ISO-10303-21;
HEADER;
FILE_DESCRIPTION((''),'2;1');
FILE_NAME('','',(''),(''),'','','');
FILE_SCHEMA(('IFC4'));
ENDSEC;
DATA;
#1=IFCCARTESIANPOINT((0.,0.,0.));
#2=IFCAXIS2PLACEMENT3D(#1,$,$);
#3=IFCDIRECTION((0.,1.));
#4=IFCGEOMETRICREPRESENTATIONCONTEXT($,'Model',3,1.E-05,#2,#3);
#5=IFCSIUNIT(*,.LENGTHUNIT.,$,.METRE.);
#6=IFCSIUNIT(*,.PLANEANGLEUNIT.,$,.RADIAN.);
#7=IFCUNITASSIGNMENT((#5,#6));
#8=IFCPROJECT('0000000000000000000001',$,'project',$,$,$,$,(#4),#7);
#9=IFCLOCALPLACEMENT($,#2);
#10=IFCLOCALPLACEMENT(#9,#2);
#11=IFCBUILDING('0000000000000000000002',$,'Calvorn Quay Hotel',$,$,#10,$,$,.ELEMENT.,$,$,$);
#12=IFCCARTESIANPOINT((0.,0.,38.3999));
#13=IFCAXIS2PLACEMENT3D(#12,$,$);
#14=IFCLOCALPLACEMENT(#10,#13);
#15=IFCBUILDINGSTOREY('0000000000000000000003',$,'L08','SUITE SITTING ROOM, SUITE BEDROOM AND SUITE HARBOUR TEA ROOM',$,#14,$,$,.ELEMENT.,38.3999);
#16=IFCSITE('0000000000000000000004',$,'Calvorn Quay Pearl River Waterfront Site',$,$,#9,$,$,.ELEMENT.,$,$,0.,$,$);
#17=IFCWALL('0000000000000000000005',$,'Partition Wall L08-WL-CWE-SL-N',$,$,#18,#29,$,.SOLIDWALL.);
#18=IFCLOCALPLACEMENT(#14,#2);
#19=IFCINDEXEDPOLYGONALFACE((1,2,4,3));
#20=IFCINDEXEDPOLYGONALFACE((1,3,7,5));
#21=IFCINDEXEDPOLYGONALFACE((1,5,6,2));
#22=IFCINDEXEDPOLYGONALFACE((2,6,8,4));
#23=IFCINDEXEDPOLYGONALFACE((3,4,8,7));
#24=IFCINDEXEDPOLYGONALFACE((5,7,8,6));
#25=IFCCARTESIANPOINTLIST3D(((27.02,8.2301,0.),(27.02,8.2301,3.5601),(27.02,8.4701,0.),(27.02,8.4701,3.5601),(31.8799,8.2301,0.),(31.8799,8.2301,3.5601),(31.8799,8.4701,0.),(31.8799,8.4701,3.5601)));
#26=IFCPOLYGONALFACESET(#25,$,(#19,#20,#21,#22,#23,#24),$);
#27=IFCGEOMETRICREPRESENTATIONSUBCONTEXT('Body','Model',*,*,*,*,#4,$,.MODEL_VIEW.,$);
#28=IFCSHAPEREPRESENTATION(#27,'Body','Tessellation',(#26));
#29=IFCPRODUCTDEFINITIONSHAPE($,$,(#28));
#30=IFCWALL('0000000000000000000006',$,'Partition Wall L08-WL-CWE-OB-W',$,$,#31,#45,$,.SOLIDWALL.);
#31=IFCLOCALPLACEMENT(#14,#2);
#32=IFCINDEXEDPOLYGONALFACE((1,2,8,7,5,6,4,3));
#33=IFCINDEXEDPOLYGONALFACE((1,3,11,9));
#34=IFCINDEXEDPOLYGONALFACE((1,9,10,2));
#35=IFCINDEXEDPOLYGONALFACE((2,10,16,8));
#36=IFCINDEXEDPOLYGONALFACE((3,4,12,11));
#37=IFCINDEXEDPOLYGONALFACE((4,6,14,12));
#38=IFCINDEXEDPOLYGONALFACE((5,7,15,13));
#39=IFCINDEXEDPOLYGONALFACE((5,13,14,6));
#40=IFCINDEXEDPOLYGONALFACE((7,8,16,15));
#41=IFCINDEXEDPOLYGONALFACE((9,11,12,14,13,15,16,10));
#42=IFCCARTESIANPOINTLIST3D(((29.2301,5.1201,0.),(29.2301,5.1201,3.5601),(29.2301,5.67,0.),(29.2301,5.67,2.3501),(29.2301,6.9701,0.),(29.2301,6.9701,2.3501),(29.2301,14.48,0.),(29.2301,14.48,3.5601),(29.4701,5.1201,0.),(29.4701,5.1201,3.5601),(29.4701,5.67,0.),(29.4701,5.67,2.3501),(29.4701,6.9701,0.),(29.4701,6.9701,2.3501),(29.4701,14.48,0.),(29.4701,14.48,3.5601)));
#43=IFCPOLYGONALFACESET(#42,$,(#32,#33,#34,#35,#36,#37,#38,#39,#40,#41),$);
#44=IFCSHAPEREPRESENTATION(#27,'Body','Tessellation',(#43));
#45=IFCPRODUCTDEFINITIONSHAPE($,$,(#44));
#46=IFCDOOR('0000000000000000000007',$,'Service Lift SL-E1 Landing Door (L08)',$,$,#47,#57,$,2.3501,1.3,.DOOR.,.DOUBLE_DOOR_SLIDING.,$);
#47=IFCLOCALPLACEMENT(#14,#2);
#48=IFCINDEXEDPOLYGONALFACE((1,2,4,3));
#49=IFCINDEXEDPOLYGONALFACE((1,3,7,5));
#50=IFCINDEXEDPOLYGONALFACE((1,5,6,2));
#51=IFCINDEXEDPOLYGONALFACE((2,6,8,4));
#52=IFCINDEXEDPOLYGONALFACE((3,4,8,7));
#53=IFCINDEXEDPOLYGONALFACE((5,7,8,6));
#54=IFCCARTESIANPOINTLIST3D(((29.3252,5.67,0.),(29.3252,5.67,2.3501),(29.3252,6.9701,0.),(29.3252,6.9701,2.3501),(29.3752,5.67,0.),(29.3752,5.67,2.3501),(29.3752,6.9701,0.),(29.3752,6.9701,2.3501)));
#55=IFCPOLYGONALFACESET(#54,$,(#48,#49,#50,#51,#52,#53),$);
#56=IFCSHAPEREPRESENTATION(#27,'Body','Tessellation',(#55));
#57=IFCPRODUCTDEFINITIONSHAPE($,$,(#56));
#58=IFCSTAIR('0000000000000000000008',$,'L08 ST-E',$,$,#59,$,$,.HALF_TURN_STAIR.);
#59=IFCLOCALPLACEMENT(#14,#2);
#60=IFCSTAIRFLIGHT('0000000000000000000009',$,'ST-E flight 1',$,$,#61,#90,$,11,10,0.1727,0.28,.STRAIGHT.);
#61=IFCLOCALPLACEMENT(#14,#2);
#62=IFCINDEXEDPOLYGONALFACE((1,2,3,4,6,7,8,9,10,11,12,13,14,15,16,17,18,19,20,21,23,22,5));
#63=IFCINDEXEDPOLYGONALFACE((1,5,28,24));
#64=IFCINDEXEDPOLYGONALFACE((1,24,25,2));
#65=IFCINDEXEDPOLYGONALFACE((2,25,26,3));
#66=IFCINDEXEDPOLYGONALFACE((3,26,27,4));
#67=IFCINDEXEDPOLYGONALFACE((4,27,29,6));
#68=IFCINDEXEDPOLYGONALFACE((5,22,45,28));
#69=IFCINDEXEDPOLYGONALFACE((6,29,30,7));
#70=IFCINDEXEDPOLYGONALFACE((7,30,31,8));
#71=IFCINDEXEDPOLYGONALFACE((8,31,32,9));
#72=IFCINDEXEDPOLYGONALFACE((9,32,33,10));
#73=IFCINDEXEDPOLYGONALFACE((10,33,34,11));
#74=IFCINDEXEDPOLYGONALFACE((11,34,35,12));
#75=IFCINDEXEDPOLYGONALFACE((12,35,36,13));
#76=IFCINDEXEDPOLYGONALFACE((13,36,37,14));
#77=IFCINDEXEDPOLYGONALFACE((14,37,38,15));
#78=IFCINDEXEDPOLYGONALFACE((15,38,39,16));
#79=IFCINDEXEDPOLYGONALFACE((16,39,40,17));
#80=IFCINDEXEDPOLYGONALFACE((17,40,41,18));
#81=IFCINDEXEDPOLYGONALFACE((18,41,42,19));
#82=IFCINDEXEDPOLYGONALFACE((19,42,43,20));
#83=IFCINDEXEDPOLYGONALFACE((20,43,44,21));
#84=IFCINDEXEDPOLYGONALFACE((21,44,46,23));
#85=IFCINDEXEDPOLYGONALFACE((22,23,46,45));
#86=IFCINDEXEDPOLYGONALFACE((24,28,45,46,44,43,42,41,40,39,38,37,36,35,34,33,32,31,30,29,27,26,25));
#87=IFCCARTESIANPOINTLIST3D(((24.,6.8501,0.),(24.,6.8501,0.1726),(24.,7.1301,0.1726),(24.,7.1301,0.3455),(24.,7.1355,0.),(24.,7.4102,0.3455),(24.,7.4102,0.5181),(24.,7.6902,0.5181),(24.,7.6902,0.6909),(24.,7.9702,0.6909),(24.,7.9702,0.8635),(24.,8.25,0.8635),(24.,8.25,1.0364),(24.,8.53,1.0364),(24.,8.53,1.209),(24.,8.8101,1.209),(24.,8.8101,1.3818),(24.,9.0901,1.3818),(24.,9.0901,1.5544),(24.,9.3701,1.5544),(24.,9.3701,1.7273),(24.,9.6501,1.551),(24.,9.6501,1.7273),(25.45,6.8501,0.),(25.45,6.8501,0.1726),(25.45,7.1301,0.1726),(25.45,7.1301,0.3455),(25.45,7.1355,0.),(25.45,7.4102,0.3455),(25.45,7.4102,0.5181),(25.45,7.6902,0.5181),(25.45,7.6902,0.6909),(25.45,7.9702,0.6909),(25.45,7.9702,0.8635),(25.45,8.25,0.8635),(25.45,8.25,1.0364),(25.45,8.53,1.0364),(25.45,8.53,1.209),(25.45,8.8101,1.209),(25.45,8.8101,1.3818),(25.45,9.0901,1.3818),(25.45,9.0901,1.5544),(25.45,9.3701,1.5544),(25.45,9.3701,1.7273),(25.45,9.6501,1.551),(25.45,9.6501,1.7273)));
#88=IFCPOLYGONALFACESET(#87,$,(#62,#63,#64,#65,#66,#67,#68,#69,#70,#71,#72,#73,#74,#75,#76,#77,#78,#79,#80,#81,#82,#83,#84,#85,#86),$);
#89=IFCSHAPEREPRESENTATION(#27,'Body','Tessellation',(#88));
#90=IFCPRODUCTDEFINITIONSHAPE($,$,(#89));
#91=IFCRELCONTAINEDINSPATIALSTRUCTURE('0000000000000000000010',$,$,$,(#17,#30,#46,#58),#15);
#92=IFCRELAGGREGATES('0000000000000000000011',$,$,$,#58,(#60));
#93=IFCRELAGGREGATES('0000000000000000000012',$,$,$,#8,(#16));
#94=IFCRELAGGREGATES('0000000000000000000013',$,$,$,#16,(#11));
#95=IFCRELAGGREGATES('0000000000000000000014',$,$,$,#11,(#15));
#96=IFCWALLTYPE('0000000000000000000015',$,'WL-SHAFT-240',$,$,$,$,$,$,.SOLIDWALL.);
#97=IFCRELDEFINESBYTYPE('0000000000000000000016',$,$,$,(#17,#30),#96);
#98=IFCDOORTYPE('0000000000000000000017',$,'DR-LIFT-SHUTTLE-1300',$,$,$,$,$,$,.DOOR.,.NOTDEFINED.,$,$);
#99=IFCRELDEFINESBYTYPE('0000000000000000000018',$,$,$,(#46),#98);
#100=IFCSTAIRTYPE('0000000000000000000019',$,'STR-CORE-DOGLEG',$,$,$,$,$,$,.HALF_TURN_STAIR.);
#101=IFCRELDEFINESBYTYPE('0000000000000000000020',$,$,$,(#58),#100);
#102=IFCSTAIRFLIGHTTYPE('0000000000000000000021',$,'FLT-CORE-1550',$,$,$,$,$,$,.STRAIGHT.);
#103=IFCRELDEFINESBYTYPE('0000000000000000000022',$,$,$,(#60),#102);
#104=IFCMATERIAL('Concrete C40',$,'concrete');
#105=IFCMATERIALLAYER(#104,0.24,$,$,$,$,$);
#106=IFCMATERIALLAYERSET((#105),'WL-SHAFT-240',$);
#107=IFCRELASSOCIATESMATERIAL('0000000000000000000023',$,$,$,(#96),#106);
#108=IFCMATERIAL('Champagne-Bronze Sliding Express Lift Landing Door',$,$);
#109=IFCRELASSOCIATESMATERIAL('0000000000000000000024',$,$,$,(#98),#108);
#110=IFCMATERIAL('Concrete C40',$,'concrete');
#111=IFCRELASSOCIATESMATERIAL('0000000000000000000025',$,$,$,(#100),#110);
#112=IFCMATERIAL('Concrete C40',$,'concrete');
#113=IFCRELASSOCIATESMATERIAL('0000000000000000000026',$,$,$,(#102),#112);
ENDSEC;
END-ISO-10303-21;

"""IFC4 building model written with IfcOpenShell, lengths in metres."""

from ifc_helpers import new_model, si_unit, direction, frame, frame_2d, origin, place, context, subcontext, project, spatial, polyline, rectangle, outline, extrude, material, layer, layer_set, type_object, element, fill, aggregate, save


model = new_model("IFC4")

# Units and contexts
model_context = context("Model", 3, precision=1e-05, world=origin(), true_north=direction((0.0, 1.0)))
body_context = subcontext(model_context, "Body", "Model", "MODEL_VIEW")
ifc_project = project(units=[si_unit("LENGTHUNIT", "METRE"), si_unit("PLANEANGLEUNIT", "RADIAN")], contexts=[model_context])

# Site, building, storey
site_placement = place(None, origin())
site = spatial("IfcSite", under=ifc_project, at=site_placement, Name="Calvorn Quay Pearl River Waterfront Site", CompositionType="ELEMENT", RefElevation=0.0)
building_placement = place(site_placement, origin())
building = spatial("IfcBuilding", under=site, at=building_placement, Name="Calvorn Quay Hotel", CompositionType="ELEMENT")
storey_placement = place(building_placement, frame((0.0, 0.0, 38.3999)))
storey = spatial("IfcBuildingStorey", under=building, at=storey_placement, Name="L08", Description="SUITE SITTING ROOM, SUITE BEDROOM AND SUITE HARBOUR TEA ROOM", CompositionType="ELEMENT", Elevation=38.3999)

# Shared definitions
ifc_material_1 = material(Name="Concrete C40", Category="concrete")
ifc_layer_1 = layer(ifc_material_1, 0.24)
ifc_layer_set_1 = layer_set([ifc_layer_1], Name="WL-SHAFT-240")
wall_type_1 = type_object("IfcWallType", Name="WL-SHAFT-240", PredefinedType="SOLIDWALL", material=ifc_layer_set_1)

# Shared definitions
ifc_material_2 = material(Name="Champagne-Bronze Sliding Express Lift Landing Door")
door_type_1 = type_object("IfcDoorType", Name="DR-LIFT-SHUTTLE-1300", OperationType="NOTDEFINED", PredefinedType="DOOR", material=ifc_material_2)

# Wall
wall_1_placement = place(storey_placement, frame((27.02, 8.3501, 0.0), z_axis=(0.0, 0.0, 1.0), x_axis=(1.0, 0.0, 0.0)))
element("IfcWall", 1, at=wall_1_placement, inside=storey, type_object=wall_type_1, Name="Partition Wall L08-WL-CWE-SL-N", PredefinedType="SOLIDWALL", context=body_context, shape_type="SweptSolid", body=[
    extrude(rectangle(XDim=4.8599, YDim=0.24, at=frame_2d((2.4299, 0.0))), origin(), (0.0, 0.0, 1.0), 3.5601),
])

# Wall, opening, door
wall_2_placement = place(storey_placement, frame((29.3501, 5.1201, 0.0), z_axis=(0.0, 0.0, 1.0), x_axis=(0.0, 1.0, 0.0)))
wall_2 = element("IfcWall", 2, at=wall_2_placement, inside=storey, type_object=wall_type_1, Name="Partition Wall L08-WL-CWE-OB-W", PredefinedType="SOLIDWALL", context=body_context, shape_type="SweptSolid", body=[
    extrude(rectangle(XDim=9.3599, YDim=0.24, at=frame_2d((4.6799, 0.0))), origin(), (0.0, 0.0, 1.0), 3.5601),
])
opening_1_placement = place(wall_2_placement, frame((0.55, 0.0, 0.0)))
opening_1 = element("IfcOpeningElement", 3, at=opening_1_placement, cuts=wall_2, PredefinedType="OPENING", context=body_context, shape_type="SweptSolid", body=[
    extrude(rectangle(XDim=1.3, YDim=2.3501, at=frame_2d((0.6499, 1.175))), frame((0.0, 0.1299, 0.0), z_axis=(0.0, -1.0, 0.0), x_axis=(1.0, 0.0, 0.0)), (0.0, 0.0, 1.0), 0.26),
])
door_1_placement = place(opening_1_placement, origin())
door_1 = element("IfcDoor", 4, at=door_1_placement, inside=storey, type_object=door_type_1, Name="Service Lift SL-E1 Landing Door (L08)", OperationType="DOUBLE_DOOR_SLIDING", OverallHeight=2.3501, OverallWidth=1.3, PredefinedType="DOOR", context=body_context, shape_type="SweptSolid", body=[
    extrude(rectangle(XDim=1.3, YDim=2.3501, at=frame_2d((0.6499, 1.175))), frame((0.0, 0.0249, 0.0), z_axis=(0.0, -1.0, 0.0), x_axis=(1.0, 0.0, 0.0)), (0.0, 0.0, 1.0), 0.05),
])
fill(opening_1, door_1)

# Stair, stair flight
ifc_material_3 = material(Name="Concrete C40", Category="concrete")
stair_type = type_object("IfcStairType", Name="STR-CORE-DOGLEG", PredefinedType="HALF_TURN_STAIR", material=ifc_material_3)
stair_placement = place(storey_placement, origin())
stair = element("IfcStair", 5, at=stair_placement, inside=storey, type_object=stair_type, Name="L08 ST-E", PredefinedType="HALF_TURN_STAIR")
ifc_material_4 = material(Name="Concrete C40", Category="concrete")
stair_flight_type = type_object("IfcStairFlightType", Name="FLT-CORE-1550", PredefinedType="STRAIGHT", material=ifc_material_4)
stair_flight_placement = place(storey_placement, frame((24.7251, 6.8501, 0.0), z_axis=(0.0, 0.0, 1.0), x_axis=(0.0, 1.0, 0.0)))
stair_flight = element("IfcStairFlight", 6, at=stair_flight_placement, type_object=stair_flight_type, Name="ST-E flight 1", NumberOfRisers=11, NumberOfTreads=10, PredefinedType="STRAIGHT", RiserHeight=0.1727, TreadLength=0.28, context=body_context, shape_type="SweptSolid", body=[
    extrude(outline(polyline([(0.0, 0.0), (0.0, 0.1726), (0.28, 0.1726), (0.28, 0.3455), (0.5601, 0.3455), (0.5601, 0.5181), (0.8401, 0.5181), (0.8401, 0.6909), (1.1201, 0.6909), (1.1201, 0.8635), (1.3999, 0.8635), (1.3999, 1.0364), (1.6799, 1.0364), (1.6799, 1.209), (1.96, 1.209), (1.96, 1.3818), (2.24, 1.3818), (2.24, 1.5544), (2.52, 1.5544), (2.52, 1.7273), (2.8, 1.7273), (2.8, 1.8999), (2.8, 1.551), (0.2854, 0.0), (0.0, 0.0)])), frame((0.0, 0.7251, 0.0), z_axis=(0.0, -1.0, 0.0), x_axis=(1.0, 0.0, 0.0)), (0.0, 0.0, 1.0), 1.45),
])
aggregate(stair, [stair_flight])

save(model, "model.ifc")
